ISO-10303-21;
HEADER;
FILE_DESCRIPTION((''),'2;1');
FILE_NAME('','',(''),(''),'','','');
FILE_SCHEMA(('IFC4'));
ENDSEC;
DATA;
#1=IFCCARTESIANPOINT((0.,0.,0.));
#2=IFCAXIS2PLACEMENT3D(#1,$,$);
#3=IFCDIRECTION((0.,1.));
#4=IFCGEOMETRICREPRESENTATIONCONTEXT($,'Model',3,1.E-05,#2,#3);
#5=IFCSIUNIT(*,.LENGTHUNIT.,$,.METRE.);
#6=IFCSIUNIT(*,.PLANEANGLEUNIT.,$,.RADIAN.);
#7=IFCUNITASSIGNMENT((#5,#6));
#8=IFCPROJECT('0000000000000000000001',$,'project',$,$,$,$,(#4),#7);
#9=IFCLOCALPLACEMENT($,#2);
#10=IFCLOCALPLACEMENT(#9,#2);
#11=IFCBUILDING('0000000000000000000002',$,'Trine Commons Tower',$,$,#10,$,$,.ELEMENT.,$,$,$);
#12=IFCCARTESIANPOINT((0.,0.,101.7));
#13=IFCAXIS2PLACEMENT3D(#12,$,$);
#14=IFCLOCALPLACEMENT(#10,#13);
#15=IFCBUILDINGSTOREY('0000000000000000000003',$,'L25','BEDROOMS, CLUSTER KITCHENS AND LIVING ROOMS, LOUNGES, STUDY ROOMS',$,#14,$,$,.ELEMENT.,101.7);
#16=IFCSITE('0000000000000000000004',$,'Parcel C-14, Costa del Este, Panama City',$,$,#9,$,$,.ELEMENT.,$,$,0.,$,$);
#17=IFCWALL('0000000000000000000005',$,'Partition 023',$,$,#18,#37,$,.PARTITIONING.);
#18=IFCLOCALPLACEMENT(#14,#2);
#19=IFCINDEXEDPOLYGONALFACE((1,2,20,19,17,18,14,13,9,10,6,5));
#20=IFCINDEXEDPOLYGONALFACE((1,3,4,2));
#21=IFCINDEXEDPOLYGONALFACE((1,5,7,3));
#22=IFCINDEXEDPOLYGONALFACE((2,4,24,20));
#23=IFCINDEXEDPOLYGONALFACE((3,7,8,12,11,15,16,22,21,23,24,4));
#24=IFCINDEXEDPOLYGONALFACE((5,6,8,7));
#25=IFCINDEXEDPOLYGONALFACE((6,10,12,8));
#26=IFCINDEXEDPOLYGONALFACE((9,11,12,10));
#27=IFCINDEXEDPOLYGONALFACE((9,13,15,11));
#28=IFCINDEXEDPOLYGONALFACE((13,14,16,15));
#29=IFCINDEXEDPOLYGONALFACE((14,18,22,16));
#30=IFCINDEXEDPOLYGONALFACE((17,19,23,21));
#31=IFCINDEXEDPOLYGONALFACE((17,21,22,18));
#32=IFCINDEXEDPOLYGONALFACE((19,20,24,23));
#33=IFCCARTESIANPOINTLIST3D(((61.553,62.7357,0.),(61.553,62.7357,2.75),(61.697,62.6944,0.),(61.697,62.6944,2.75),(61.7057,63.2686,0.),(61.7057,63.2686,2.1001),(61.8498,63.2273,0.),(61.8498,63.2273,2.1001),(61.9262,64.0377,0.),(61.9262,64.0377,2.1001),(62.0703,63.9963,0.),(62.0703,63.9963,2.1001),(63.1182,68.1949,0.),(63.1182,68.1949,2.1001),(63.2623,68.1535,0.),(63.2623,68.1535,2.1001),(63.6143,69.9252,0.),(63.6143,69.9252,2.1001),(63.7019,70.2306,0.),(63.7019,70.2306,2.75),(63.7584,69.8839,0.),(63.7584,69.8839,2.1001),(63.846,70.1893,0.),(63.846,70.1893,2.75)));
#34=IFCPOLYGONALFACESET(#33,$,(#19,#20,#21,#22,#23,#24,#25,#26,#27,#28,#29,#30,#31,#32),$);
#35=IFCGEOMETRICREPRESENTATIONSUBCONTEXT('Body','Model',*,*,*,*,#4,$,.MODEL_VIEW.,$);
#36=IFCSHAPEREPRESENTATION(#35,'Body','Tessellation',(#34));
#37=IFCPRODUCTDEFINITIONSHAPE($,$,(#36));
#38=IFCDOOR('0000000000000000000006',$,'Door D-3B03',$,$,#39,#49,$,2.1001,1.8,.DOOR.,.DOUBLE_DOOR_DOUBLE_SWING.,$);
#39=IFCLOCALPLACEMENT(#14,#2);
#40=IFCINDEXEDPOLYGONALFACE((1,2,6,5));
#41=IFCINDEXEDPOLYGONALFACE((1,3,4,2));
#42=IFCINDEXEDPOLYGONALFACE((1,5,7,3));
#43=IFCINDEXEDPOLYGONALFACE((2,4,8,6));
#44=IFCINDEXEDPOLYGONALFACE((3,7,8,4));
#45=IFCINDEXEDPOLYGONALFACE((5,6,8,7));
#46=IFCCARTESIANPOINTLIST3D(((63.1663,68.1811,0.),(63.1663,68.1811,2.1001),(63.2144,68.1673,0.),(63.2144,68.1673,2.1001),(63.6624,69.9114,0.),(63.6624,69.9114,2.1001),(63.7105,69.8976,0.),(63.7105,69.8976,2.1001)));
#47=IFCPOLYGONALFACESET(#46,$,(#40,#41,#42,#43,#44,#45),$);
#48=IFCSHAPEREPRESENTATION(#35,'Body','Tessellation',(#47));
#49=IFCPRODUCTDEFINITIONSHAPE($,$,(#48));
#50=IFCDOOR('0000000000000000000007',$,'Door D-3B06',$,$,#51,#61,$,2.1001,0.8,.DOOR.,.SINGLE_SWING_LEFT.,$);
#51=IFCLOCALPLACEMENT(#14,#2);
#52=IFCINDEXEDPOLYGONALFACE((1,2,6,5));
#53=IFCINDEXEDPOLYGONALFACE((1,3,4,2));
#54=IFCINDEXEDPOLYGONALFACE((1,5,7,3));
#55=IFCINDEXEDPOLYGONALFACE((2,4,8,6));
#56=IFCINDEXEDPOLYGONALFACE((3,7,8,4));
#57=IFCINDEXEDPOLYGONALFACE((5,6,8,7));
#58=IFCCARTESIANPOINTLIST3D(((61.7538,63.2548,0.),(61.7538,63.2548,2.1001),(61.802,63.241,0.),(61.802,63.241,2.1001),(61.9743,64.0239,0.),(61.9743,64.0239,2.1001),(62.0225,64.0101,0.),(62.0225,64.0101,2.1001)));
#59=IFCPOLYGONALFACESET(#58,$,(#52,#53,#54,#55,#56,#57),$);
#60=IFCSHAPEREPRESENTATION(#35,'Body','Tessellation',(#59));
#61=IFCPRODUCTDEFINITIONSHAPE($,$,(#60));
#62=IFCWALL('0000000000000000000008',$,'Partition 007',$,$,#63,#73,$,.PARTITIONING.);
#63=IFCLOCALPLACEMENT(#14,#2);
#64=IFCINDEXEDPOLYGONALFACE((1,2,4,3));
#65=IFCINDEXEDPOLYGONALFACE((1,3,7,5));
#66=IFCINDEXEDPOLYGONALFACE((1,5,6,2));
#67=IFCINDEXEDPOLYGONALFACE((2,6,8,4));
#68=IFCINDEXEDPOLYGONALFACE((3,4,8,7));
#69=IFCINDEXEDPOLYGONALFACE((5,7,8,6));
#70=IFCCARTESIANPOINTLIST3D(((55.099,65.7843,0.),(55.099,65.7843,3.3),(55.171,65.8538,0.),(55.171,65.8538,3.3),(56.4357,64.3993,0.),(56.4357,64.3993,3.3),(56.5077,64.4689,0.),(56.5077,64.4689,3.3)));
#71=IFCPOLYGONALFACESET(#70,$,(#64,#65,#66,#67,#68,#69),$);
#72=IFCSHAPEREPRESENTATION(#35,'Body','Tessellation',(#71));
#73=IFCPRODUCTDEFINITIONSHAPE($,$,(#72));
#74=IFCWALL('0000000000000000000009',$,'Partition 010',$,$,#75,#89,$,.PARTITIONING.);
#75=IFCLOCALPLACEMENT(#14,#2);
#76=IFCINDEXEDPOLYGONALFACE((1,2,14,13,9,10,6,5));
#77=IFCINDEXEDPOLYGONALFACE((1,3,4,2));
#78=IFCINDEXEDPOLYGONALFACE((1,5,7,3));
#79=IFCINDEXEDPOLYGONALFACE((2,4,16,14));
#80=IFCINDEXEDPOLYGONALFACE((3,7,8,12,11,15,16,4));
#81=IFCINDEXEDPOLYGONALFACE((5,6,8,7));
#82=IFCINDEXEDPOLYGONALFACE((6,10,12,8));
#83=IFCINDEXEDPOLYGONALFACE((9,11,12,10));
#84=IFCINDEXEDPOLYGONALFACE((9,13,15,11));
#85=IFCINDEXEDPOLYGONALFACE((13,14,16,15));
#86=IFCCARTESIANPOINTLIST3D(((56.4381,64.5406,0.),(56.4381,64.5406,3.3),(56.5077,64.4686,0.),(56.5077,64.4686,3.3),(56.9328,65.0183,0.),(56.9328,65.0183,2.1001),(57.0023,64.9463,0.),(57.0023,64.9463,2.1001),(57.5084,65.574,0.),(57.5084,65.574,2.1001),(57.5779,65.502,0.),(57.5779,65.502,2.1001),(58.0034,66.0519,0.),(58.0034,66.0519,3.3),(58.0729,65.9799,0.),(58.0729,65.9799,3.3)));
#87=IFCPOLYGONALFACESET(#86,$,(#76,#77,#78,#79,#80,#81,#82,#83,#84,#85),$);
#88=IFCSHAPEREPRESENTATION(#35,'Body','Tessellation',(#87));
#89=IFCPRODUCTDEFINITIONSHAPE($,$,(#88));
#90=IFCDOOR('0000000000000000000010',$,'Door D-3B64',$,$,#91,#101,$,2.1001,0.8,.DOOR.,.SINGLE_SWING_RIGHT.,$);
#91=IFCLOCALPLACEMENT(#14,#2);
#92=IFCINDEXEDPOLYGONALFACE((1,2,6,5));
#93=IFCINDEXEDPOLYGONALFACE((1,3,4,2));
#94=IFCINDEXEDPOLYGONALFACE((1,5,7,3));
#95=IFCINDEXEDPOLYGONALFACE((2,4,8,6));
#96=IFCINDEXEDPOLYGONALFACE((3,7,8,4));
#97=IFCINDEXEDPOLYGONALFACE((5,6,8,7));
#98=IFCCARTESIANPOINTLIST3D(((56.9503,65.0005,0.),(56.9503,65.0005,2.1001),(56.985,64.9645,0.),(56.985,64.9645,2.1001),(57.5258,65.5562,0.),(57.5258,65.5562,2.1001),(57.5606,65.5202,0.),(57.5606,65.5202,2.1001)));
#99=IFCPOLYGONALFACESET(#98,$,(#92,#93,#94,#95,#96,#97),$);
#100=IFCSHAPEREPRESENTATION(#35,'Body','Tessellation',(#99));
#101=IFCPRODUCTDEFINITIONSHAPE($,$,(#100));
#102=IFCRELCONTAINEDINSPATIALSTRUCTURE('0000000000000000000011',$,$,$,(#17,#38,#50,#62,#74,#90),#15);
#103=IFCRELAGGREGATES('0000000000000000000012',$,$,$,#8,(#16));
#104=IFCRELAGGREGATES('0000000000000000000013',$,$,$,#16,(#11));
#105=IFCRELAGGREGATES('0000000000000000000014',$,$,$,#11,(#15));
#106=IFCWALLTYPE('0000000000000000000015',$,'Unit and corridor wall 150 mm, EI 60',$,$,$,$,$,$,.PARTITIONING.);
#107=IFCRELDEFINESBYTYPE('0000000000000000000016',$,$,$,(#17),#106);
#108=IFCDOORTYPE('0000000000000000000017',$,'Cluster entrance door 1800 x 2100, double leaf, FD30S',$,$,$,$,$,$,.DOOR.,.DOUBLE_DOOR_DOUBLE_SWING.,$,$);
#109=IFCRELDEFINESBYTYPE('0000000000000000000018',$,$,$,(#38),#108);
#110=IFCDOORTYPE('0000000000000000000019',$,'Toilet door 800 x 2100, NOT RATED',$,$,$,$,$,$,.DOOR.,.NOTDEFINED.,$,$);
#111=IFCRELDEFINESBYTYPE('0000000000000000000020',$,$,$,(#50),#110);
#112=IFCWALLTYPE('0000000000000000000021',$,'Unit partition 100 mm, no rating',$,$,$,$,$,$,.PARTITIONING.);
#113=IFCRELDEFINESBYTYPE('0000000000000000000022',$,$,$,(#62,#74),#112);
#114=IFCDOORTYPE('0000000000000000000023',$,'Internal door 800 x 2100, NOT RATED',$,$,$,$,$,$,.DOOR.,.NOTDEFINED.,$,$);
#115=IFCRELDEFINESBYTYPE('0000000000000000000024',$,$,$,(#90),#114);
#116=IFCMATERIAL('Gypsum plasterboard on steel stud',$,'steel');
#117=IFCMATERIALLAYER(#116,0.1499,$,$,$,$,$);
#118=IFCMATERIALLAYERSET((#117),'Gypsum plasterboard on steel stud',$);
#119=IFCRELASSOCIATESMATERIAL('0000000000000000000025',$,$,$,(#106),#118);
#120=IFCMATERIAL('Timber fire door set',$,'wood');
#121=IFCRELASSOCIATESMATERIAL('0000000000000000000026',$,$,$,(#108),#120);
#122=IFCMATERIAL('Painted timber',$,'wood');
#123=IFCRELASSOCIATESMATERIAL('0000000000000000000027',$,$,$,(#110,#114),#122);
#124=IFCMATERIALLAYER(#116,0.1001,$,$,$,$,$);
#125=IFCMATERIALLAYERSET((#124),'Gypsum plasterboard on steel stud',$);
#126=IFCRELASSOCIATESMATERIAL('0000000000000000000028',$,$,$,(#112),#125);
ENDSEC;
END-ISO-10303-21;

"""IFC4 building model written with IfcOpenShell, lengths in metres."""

from ifc_helpers import new_model, si_unit, direction, frame, frame_2d, origin, place, context, subcontext, project, spatial, rectangle, extrude, material, layer, layer_set, type_object, element, fill, save


model = new_model("IFC4")

# Units and contexts
model_context = context("Model", 3, precision=1e-05, world=origin(), true_north=direction((0.0, 1.0)))
body_context = subcontext(model_context, "Body", "Model", "MODEL_VIEW")
ifc_project = project(units=[si_unit("LENGTHUNIT", "METRE"), si_unit("PLANEANGLEUNIT", "RADIAN")], contexts=[model_context])

# Site, building, storey
site_placement = place(None, origin())
site = spatial("IfcSite", under=ifc_project, at=site_placement, Name="Parcel C-14, Costa del Este, Panama City", CompositionType="ELEMENT", RefElevation=0.0)
building_placement = place(site_placement, origin())
building = spatial("IfcBuilding", under=site, at=building_placement, Name="Trine Commons Tower", CompositionType="ELEMENT")
storey_placement = place(building_placement, frame((0.0, 0.0, 101.7)))
storey = spatial("IfcBuildingStorey", under=building, at=storey_placement, Name="L25", Description="BEDROOMS, CLUSTER KITCHENS AND LIVING ROOMS, LOUNGES, STUDY ROOMS", CompositionType="ELEMENT", Elevation=101.7)

# Shared definitions
ifc_material_1 = material(Name="Gypsum plasterboard on steel stud", Category="steel")
ifc_layer_1 = layer(ifc_material_1, 0.1499)
ifc_layer_set_1 = layer_set([ifc_layer_1], Name="Gypsum plasterboard on steel stud")
wall_type_1 = type_object("IfcWallType", Name="Unit and corridor wall 150 mm, EI 60", PredefinedType="PARTITIONING", material=ifc_layer_set_1)
ifc_material_2 = material(Name="Painted timber", Category="wood")
ifc_material_3 = material(Name="Timber fire door set", Category="wood")

# Wall, openings, doors
wall_1_placement = place(storey_placement, frame((61.625, 62.7151, 0.0), z_axis=(0.0, 0.0, 1.0), x_axis=(0.275614, 0.961268, 0.0)))
wall_1 = element("IfcWall", 1, at=wall_1_placement, inside=storey, type_object=wall_type_1, Name="Partition 023", PredefinedType="PARTITIONING", context=body_context, shape_type="SweptSolid", body=[
    extrude(rectangle(XDim=7.7969, YDim=0.1499, at=frame_2d((3.8984, 0.0))), origin(), (0.0, 0.0, 1.0), 2.75),
])
opening_1_placement = place(wall_1_placement, frame((5.6792, 0.0, 0.0)))
opening_1 = element("IfcOpeningElement", 2, at=opening_1_placement, cuts=wall_1, PredefinedType="OPENING", context=body_context, shape_type="SweptSolid", body=[
    extrude(rectangle(XDim=1.8, YDim=2.1001, at=frame_2d((0.8999, 1.05))), frame((0.0, 0.085, 0.0), z_axis=(0.0, -1.0, 0.0), x_axis=(1.0, 0.0, 0.0)), (0.0, 0.0, 1.0), 0.1699),
])
opening_2_placement = place(wall_1_placement, frame((0.5544, 0.0, 0.0)))
opening_2 = element("IfcOpeningElement", 3, at=opening_2_placement, cuts=wall_1, PredefinedType="OPENING", context=body_context, shape_type="SweptSolid", body=[
    extrude(rectangle(XDim=0.8, YDim=2.1001, at=frame_2d((0.3999, 1.05))), frame((0.0, 0.085, 0.0), z_axis=(0.0, -1.0, 0.0), x_axis=(1.0, 0.0, 0.0)), (0.0, 0.0, 1.0), 0.1699),
])
door_type_1 = type_object("IfcDoorType", Name="Cluster entrance door 1800 x 2100, double leaf, FD30S", OperationType="DOUBLE_DOOR_DOUBLE_SWING", PredefinedType="DOOR", material=ifc_material_3)
door_1_placement = place(opening_1_placement, origin())
door_1 = element("IfcDoor", 4, at=door_1_placement, inside=storey, type_object=door_type_1, Name="Door D-3B03", OperationType="DOUBLE_DOOR_DOUBLE_SWING", OverallHeight=2.1001, OverallWidth=1.8, PredefinedType="DOOR", context=body_context, shape_type="SweptSolid", body=[
    extrude(rectangle(XDim=1.8, YDim=2.1001, at=frame_2d((0.8999, 1.05))), frame((0.0, 0.0249, 0.0), z_axis=(0.0, -1.0, 0.0), x_axis=(1.0, 0.0, 0.0)), (0.0, 0.0, 1.0), 0.05),
])
fill(opening_1, door_1)
door_type_2 = type_object("IfcDoorType", Name="Toilet door 800 x 2100, NOT RATED", OperationType="NOTDEFINED", PredefinedType="DOOR", material=ifc_material_2)
door_2_placement = place(opening_2_placement, origin())
door_2 = element("IfcDoor", 5, at=door_2_placement, inside=storey, type_object=door_type_2, Name="Door D-3B06", OperationType="SINGLE_SWING_LEFT", OverallHeight=2.1001, OverallWidth=0.8, PredefinedType="DOOR", context=body_context, shape_type="SweptSolid", body=[
    extrude(rectangle(XDim=0.8, YDim=2.1001, at=frame_2d((0.3999, 1.05))), frame((0.0, 0.0249, 0.0), z_axis=(0.0, -1.0, 0.0), x_axis=(1.0, 0.0, 0.0)), (0.0, 0.0, 1.0), 0.05),
])
fill(opening_2, door_2)

# Wall
ifc_layer_2 = layer(ifc_material_1, 0.1001)
ifc_layer_set_2 = layer_set([ifc_layer_2], Name="Gypsum plasterboard on steel stud")
wall_type_2 = type_object("IfcWallType", Name="Unit partition 100 mm, no rating", PredefinedType="PARTITIONING", material=ifc_layer_set_2)
wall_2_placement = place(storey_placement, frame((55.135, 65.8191, 0.0), z_axis=(0.0, 0.0, 1.0), x_axis=(0.694438, -0.719552, 0.0)))
element("IfcWall", 6, at=wall_2_placement, inside=storey, type_object=wall_type_2, Name="Partition 007", PredefinedType="PARTITIONING", context=body_context, shape_type="SweptSolid", body=[
    extrude(rectangle(XDim=1.9248, YDim=0.1001, at=frame_2d((0.9624, 0.0))), origin(), (0.0, 0.0, 1.0), 3.3),
])

# Wall, opening, door
wall_3_placement = place(storey_placement, frame((56.4729, 64.5046, 0.0), z_axis=(0.0, 0.0, 1.0), x_axis=(0.719398, 0.694599, 0.0)))
wall_3 = element("IfcWall", 7, at=wall_3_placement, inside=storey, type_object=wall_type_2, Name="Partition 010", PredefinedType="PARTITIONING", context=body_context, shape_type="SweptSolid", body=[
    extrude(rectangle(XDim=2.1758, YDim=0.1001, at=frame_2d((1.0879, 0.0))), origin(), (0.0, 0.0, 1.0), 3.3),
])
opening_3_placement = place(wall_3_placement, frame((0.6877, 0.0, 0.0)))
opening_3 = element("IfcOpeningElement", 8, at=opening_3_placement, cuts=wall_3, PredefinedType="OPENING", context=body_context, shape_type="SweptSolid", body=[
    extrude(rectangle(XDim=0.8, YDim=2.1001, at=frame_2d((0.3999, 1.05))), frame((0.0, 0.0601, 0.0), z_axis=(0.0, -1.0, 0.0), x_axis=(1.0, 0.0, 0.0)), (0.0, 0.0, 1.0), 0.1201),
])
door_type_3 = type_object("IfcDoorType", Name="Internal door 800 x 2100, NOT RATED", OperationType="NOTDEFINED", PredefinedType="DOOR", material=ifc_material_2)
door_3_placement = place(opening_3_placement, frame((0.8, 0.0, 0.0), z_axis=(0.0, 0.0, 1.0), x_axis=(-1.0, 0.0, 0.0)))
door_3 = element("IfcDoor", 9, at=door_3_placement, inside=storey, type_object=door_type_3, Name="Door D-3B64", OperationType="SINGLE_SWING_RIGHT", OverallHeight=2.1001, OverallWidth=0.8, PredefinedType="DOOR", context=body_context, shape_type="SweptSolid", body=[
    extrude(rectangle(XDim=0.8, YDim=2.1001, at=frame_2d((0.3999, 1.05))), frame((0.0, 0.0249, 0.0), z_axis=(0.0, -1.0, 0.0), x_axis=(1.0, 0.0, 0.0)), (0.0, 0.0, 1.0), 0.05),
])
fill(opening_3, door_3)

save(model, "model.ifc")
